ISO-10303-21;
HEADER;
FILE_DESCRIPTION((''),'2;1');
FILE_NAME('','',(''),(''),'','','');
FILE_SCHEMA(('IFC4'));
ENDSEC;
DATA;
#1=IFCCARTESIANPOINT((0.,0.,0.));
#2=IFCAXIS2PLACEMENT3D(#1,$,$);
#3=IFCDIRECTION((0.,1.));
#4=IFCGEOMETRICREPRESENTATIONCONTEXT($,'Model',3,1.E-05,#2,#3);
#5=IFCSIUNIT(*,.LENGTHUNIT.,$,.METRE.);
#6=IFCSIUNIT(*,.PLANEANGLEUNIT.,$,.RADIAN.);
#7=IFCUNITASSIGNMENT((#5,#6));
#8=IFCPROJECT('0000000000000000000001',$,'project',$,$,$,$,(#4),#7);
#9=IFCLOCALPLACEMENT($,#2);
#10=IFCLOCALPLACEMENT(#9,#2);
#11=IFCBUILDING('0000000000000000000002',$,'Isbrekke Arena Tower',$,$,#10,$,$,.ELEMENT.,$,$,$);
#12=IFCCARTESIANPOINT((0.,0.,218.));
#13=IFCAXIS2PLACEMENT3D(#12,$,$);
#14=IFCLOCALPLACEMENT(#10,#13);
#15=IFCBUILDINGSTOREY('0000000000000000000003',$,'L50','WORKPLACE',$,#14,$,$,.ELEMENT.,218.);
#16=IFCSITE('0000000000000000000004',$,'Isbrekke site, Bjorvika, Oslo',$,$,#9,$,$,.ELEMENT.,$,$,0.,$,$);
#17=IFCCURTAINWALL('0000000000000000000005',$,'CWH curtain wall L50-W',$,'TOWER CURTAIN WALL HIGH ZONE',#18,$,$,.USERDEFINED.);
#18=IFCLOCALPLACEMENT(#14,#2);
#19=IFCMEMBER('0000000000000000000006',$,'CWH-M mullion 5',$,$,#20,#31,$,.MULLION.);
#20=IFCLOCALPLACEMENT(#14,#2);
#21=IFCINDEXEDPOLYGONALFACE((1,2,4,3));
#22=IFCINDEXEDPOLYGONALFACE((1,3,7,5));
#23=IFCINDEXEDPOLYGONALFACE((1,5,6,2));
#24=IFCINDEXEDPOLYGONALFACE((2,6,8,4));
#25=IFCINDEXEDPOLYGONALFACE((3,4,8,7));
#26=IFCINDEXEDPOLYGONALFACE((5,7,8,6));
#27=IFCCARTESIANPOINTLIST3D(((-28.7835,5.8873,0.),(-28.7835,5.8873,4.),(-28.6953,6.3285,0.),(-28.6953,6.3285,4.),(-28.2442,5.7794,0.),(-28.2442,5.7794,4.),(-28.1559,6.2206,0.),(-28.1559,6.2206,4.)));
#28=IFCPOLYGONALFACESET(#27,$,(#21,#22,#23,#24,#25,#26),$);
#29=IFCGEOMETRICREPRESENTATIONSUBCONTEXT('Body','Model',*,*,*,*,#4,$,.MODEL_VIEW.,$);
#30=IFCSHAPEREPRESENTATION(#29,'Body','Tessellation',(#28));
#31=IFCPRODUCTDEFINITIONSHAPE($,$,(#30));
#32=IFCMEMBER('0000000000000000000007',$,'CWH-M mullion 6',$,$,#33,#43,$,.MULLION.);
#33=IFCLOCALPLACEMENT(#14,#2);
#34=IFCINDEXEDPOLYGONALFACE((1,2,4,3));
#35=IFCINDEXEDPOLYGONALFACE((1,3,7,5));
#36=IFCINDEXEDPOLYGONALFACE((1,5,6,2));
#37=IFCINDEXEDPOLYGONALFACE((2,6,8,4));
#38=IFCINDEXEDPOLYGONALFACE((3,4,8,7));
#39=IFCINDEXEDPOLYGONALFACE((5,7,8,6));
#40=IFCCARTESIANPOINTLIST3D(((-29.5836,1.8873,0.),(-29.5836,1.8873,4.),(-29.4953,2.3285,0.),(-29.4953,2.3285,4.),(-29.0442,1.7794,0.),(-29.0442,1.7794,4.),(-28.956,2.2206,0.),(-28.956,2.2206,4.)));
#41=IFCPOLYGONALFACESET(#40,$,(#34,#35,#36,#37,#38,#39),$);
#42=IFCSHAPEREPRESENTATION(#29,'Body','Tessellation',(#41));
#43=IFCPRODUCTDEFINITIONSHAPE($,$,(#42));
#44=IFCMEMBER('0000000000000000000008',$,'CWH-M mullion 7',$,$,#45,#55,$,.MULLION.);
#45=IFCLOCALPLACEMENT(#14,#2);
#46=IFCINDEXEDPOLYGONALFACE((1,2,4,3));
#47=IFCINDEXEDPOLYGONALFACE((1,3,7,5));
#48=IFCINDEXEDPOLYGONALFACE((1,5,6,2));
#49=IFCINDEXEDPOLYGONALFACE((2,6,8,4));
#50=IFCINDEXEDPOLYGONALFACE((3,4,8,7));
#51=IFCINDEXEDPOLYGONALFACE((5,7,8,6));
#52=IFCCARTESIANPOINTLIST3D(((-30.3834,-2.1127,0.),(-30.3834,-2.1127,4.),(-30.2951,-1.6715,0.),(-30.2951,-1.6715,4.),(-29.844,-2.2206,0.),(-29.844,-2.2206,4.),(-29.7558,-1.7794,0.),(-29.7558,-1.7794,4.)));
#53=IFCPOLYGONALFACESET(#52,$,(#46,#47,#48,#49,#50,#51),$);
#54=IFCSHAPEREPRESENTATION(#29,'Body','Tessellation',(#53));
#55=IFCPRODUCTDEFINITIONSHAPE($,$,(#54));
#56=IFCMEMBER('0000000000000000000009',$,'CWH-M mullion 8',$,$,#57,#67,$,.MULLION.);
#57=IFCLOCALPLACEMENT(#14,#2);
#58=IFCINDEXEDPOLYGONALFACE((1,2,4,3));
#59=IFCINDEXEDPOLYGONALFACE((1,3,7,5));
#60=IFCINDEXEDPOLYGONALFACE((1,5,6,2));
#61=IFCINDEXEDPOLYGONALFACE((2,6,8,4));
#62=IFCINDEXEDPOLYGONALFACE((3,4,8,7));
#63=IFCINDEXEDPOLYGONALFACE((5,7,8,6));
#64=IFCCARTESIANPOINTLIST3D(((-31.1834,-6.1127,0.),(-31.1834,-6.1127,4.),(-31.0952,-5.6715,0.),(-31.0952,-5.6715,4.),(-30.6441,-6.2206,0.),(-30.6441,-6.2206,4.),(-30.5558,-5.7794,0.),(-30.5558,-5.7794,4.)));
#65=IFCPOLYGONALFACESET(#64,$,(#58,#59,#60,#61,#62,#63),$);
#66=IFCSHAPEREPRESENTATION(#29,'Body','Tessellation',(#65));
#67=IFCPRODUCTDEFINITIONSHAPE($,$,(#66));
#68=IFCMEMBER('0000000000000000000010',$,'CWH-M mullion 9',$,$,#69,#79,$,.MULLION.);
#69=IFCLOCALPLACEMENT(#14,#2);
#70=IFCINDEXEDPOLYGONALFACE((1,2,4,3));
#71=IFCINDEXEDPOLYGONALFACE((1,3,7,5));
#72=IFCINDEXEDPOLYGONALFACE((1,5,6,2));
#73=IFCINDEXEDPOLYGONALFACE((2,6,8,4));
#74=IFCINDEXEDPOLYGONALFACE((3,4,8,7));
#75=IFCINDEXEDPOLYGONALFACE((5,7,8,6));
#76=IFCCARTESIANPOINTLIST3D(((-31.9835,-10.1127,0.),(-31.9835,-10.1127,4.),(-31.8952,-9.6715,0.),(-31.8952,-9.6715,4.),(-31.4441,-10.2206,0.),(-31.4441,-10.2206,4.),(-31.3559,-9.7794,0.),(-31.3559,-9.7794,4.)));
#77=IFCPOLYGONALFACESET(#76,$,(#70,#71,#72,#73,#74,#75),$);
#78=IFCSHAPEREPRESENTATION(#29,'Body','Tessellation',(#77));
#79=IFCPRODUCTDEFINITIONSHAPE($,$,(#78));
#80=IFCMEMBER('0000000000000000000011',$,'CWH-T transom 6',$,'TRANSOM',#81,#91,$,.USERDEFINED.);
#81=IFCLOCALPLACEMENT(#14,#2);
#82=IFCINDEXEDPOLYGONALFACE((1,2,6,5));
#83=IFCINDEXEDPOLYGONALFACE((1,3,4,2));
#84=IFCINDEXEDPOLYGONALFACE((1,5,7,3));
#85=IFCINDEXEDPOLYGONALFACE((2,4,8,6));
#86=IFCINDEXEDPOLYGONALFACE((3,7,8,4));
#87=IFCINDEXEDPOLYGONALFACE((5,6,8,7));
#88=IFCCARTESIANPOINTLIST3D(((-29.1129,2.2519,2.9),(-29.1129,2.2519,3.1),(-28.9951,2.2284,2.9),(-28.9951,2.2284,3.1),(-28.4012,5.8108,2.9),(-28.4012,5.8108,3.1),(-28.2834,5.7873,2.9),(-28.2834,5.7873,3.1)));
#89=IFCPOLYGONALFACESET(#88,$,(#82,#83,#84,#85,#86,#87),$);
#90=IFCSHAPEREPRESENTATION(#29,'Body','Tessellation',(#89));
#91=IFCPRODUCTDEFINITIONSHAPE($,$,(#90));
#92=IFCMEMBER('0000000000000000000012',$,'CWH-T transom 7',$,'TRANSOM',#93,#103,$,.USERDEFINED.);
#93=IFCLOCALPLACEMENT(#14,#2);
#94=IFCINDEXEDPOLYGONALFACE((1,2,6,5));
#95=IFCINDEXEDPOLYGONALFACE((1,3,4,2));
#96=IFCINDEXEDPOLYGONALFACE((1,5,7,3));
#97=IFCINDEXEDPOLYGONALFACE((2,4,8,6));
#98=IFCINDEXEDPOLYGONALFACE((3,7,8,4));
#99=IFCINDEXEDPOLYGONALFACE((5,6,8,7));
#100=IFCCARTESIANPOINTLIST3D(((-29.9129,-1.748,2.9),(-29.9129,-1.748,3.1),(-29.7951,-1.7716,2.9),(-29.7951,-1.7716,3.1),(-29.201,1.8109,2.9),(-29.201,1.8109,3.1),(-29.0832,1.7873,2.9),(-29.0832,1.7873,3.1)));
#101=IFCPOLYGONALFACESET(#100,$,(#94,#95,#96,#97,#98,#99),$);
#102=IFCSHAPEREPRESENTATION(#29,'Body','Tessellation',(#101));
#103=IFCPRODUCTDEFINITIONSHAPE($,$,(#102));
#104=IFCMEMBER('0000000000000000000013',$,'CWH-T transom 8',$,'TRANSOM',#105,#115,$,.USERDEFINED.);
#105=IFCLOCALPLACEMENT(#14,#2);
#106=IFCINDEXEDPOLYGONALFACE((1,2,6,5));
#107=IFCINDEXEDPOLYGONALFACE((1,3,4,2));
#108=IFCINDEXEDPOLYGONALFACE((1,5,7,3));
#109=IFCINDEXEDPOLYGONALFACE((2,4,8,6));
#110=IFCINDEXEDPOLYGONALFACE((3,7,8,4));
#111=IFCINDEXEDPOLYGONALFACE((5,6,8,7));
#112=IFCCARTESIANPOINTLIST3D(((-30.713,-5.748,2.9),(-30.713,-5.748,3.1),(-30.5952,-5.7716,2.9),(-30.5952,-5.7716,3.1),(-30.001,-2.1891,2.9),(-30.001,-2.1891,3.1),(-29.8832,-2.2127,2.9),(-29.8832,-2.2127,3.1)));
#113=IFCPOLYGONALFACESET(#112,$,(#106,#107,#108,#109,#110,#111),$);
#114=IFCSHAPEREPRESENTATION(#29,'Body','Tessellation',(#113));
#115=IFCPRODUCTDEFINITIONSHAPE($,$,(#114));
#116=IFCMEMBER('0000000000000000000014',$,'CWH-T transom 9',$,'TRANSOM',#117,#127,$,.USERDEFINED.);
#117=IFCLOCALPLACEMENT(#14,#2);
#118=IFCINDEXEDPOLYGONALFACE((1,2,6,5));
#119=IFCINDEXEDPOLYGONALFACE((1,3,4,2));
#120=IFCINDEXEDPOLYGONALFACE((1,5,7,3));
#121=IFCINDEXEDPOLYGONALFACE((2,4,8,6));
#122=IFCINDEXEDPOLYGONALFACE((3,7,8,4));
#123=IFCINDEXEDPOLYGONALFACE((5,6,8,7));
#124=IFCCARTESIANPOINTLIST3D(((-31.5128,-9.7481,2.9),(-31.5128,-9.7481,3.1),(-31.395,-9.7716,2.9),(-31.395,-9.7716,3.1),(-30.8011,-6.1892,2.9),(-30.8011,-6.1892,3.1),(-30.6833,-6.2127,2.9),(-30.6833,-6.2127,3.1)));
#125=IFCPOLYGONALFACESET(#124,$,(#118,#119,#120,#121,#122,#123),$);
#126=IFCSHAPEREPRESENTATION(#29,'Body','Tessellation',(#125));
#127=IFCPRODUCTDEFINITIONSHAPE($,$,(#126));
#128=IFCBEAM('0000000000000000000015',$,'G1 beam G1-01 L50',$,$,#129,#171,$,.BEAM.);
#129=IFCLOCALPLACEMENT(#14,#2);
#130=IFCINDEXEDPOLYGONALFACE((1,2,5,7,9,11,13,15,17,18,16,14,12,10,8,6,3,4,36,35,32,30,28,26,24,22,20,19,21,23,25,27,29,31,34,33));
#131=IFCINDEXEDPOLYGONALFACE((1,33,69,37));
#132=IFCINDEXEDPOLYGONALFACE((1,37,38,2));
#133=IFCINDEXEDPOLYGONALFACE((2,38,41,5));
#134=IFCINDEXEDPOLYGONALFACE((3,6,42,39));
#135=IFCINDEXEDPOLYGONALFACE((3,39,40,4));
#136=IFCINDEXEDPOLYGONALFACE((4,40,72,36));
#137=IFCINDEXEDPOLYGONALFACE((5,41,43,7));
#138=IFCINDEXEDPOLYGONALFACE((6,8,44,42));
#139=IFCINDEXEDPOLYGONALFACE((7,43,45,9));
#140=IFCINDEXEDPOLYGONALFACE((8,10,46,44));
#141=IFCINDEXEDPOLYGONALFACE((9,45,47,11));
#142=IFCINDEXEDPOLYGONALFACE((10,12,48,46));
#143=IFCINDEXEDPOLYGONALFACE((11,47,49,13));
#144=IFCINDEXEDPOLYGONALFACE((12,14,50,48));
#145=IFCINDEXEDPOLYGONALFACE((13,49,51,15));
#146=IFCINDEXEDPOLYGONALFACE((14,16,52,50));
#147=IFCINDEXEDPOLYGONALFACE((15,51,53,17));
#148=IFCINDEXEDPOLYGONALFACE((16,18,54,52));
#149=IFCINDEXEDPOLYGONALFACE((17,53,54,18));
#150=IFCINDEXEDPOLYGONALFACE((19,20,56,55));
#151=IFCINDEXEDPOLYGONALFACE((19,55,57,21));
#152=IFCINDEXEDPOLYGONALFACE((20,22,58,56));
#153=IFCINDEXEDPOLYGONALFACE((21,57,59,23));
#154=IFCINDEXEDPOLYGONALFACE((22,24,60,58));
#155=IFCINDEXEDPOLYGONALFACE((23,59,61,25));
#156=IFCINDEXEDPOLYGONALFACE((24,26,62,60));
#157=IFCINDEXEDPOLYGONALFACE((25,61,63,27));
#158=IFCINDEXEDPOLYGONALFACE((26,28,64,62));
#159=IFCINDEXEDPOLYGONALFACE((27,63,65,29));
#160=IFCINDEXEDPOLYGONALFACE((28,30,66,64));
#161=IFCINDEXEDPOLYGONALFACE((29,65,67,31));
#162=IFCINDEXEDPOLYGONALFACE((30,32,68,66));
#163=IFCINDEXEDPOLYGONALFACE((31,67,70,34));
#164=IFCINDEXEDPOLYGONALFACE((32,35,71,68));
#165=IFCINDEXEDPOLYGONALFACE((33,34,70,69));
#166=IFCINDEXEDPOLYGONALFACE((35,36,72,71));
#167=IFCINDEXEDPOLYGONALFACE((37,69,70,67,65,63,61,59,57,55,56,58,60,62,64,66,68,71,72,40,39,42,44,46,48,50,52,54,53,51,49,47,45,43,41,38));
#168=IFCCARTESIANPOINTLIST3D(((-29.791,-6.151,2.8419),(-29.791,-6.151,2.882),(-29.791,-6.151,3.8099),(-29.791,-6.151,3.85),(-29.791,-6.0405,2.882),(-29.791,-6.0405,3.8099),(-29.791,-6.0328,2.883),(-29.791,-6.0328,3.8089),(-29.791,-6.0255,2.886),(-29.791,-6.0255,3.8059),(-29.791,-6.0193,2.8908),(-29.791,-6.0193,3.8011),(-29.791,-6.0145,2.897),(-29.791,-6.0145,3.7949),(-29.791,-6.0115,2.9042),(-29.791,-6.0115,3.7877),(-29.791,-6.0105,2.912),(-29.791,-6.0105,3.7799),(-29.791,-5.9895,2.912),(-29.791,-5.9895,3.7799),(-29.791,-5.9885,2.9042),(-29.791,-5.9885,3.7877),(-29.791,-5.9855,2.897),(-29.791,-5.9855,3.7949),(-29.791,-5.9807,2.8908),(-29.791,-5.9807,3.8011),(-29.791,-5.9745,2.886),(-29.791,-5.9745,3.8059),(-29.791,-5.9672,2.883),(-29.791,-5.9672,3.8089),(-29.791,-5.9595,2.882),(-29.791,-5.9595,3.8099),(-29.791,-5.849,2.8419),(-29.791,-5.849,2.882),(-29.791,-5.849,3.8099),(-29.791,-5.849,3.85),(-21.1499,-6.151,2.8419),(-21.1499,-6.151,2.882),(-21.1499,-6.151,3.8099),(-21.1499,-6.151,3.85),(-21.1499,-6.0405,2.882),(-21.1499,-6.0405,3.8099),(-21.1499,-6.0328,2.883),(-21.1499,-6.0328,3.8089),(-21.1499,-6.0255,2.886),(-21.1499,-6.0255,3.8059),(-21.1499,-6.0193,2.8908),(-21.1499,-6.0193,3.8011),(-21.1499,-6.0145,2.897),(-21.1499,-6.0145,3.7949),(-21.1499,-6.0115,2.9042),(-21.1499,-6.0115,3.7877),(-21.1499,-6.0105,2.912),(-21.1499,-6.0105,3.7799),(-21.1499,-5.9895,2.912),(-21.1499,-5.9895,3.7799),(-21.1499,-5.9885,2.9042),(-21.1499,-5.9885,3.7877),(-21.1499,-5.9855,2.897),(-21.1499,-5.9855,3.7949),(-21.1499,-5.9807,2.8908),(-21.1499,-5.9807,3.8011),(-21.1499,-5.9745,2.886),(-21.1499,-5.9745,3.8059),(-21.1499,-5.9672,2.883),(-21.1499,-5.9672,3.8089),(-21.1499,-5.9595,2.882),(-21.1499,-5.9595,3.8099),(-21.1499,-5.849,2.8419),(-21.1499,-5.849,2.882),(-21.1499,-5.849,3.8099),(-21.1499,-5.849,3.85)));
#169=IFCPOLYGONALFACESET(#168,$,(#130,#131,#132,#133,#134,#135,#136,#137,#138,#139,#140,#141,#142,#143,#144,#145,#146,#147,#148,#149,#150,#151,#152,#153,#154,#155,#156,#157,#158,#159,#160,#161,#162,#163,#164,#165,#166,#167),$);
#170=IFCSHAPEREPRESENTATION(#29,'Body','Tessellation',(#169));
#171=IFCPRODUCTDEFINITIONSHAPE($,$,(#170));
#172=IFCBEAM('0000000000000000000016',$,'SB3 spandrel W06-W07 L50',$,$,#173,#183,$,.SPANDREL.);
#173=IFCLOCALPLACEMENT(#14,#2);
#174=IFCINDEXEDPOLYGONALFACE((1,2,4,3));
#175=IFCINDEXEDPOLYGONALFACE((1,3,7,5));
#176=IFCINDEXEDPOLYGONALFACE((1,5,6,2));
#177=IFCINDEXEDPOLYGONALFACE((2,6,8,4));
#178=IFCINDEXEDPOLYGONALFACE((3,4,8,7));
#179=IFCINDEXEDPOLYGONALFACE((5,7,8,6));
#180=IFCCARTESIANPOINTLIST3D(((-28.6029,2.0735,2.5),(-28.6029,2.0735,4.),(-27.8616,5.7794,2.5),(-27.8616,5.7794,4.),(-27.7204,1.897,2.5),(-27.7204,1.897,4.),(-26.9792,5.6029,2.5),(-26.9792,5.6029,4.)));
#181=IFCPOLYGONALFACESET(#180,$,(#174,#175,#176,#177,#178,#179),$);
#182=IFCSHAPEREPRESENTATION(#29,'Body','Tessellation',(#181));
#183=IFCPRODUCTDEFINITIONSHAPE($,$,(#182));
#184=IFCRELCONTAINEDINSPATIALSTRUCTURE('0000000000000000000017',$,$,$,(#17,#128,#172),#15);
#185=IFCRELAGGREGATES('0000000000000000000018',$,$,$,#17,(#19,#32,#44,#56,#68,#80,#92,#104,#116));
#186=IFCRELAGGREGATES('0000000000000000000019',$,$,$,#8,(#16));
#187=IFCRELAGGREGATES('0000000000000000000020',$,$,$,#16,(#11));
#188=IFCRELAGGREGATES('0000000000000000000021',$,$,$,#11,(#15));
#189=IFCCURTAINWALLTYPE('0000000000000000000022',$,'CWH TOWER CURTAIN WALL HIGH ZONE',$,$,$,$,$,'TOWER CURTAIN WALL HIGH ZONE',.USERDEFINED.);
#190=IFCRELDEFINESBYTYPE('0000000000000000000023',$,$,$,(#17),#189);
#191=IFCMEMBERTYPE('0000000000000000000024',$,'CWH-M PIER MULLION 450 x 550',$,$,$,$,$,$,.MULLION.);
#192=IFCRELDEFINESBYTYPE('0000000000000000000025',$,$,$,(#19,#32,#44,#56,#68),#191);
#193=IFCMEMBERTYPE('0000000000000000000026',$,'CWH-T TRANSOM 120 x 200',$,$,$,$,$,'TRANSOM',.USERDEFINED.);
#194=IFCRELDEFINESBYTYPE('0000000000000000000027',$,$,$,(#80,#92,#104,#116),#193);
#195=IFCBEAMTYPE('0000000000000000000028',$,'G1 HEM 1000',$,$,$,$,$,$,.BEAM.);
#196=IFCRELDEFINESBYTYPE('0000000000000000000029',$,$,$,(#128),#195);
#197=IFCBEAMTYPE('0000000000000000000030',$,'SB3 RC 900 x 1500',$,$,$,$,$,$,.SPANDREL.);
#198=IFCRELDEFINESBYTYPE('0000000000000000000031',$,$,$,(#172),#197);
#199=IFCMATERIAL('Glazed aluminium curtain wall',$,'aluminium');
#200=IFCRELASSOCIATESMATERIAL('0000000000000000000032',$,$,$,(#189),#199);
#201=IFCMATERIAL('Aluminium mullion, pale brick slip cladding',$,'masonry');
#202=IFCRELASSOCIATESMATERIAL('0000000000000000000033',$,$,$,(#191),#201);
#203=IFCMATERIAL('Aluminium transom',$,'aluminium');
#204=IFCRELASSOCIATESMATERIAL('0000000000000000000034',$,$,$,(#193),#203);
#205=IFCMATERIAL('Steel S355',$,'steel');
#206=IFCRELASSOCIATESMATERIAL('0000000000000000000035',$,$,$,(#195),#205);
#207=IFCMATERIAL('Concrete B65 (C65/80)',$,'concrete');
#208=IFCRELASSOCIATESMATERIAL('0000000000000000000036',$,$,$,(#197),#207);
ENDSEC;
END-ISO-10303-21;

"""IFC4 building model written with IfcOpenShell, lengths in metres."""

from ifc_helpers import new_model, si_unit, direction, frame, origin, origin_2d, place, context, subcontext, project, spatial, rectangle, i_section, extrude, material, material_profile, profile_set, type_object, element, aggregate, save


model = new_model("IFC4")

# Units and contexts
model_context = context("Model", 3, precision=1e-05, world=origin(), true_north=direction((0.0, 1.0)))
body_context = subcontext(model_context, "Body", "Model", "MODEL_VIEW")
ifc_project = project(units=[si_unit("LENGTHUNIT", "METRE"), si_unit("PLANEANGLEUNIT", "RADIAN")], contexts=[model_context])

# Site, building, storey
site_placement = place(None, origin())
site = spatial("IfcSite", under=ifc_project, at=site_placement, Name="Isbrekke site, Bjorvika, Oslo", CompositionType="ELEMENT", RefElevation=0.0)
building_placement = place(site_placement, origin())
building = spatial("IfcBuilding", under=site, at=building_placement, Name="Isbrekke Arena Tower", CompositionType="ELEMENT")
storey_placement = place(building_placement, frame((0.0, 0.0, 218.0)))
storey = spatial("IfcBuildingStorey", under=building, at=storey_placement, Name="L50", Description="WORKPLACE", CompositionType="ELEMENT", Elevation=218.0)

# Curtain wall, members
ifc_material_1 = material(Name="Glazed aluminium curtain wall", Category="aluminium")
curtain_wall_type = type_object("IfcCurtainWallType", Name="CWH TOWER CURTAIN WALL HIGH ZONE", ElementType="TOWER CURTAIN WALL HIGH ZONE", PredefinedType="USERDEFINED", material=ifc_material_1)
curtain_wall_placement = place(storey_placement, origin())
curtain_wall = element("IfcCurtainWall", 1, at=curtain_wall_placement, inside=storey, type_object=curtain_wall_type, Name="CWH curtain wall L50-W", ObjectType="TOWER CURTAIN WALL HIGH ZONE", PredefinedType="USERDEFINED")
ifc_material_2 = material(Name="Aluminium mullion, pale brick slip cladding", Category="masonry")
ifc_material_profile_1 = material_profile(ifc_material_2, rectangle(XDim=0.45, YDim=0.55, at=origin_2d()), Name="PIER 450X550")
ifc_profile_set_1 = profile_set([ifc_material_profile_1], Name="Aluminium mullion, pale brick slip cladding")
member_type_1 = type_object("IfcMemberType", Name="CWH-M PIER MULLION 450 x 550", PredefinedType="MULLION", material=ifc_profile_set_1)
member_1_placement = place(storey_placement, frame((-28.4697, 6.054, 0.0), z_axis=(0.0, 0.0, 1.0), x_axis=(-0.196116, -0.980581, 0.0)))
member_1 = element("IfcMember", 2, at=member_1_placement, type_object=member_type_1, Name="CWH-M mullion 5", PredefinedType="MULLION", context=body_context, shape_type="SweptSolid", body=[
    extrude(rectangle(XDim=0.45, YDim=0.55, at=origin_2d()), origin(), (0.0, 0.0, 1.0), 4.0),
])
member_2_placement = place(storey_placement, frame((-29.2698, 2.054, 0.0), z_axis=(0.0, 0.0, 1.0), x_axis=(-0.196116, -0.980581, 0.0)))
member_2 = element("IfcMember", 3, at=member_2_placement, type_object=member_type_1, Name="CWH-M mullion 6", PredefinedType="MULLION", context=body_context, shape_type="SweptSolid", body=[
    extrude(rectangle(XDim=0.45, YDim=0.55, at=origin_2d()), origin(), (0.0, 0.0, 1.0), 4.0),
])
member_3_placement = place(storey_placement, frame((-30.0696, -1.946, 0.0), z_axis=(0.0, 0.0, 1.0), x_axis=(-0.196116, -0.980581, 0.0)))
member_3 = element("IfcMember", 4, at=member_3_placement, type_object=member_type_1, Name="CWH-M mullion 7", PredefinedType="MULLION", context=body_context, shape_type="SweptSolid", body=[
    extrude(rectangle(XDim=0.45, YDim=0.55, at=origin_2d()), origin(), (0.0, 0.0, 1.0), 4.0),
])
member_4_placement = place(storey_placement, frame((-30.8696, -5.946, 0.0), z_axis=(0.0, 0.0, 1.0), x_axis=(-0.196116, -0.980581, 0.0)))
member_4 = element("IfcMember", 5, at=member_4_placement, type_object=member_type_1, Name="CWH-M mullion 8", PredefinedType="MULLION", context=body_context, shape_type="SweptSolid", body=[
    extrude(rectangle(XDim=0.45, YDim=0.55, at=origin_2d()), origin(), (0.0, 0.0, 1.0), 4.0),
])
member_5_placement = place(storey_placement, frame((-31.6697, -9.946, 0.0), z_axis=(0.0, 0.0, 1.0), x_axis=(-0.196116, -0.980581, 0.0)))
member_5 = element("IfcMember", 6, at=member_5_placement, type_object=member_type_1, Name="CWH-M mullion 9", PredefinedType="MULLION", context=body_context, shape_type="SweptSolid", body=[
    extrude(rectangle(XDim=0.45, YDim=0.55, at=origin_2d()), origin(), (0.0, 0.0, 1.0), 4.0),
])
ifc_material_3 = material(Name="Aluminium transom", Category="aluminium")
ifc_material_profile_2 = material_profile(ifc_material_3, rectangle(XDim=0.1201, YDim=0.2, at=origin_2d()), Name="TRANSOM 120X200")
ifc_profile_set_2 = profile_set([ifc_material_profile_2], Name="Aluminium transom")
member_type_2 = type_object("IfcMemberType", Name="CWH-T TRANSOM 120 x 200", ElementType="TRANSOM", PredefinedType="USERDEFINED", material=ifc_profile_set_2)
member_6_placement = place(storey_placement, frame((-28.3423, 5.7991, 3.0), z_axis=(-0.19609, -0.980586, 0.0), x_axis=(0.980586, -0.19609, 0.0)))
member_6 = element("IfcMember", 7, at=member_6_placement, type_object=member_type_2, Name="CWH-T transom 6", ObjectType="TRANSOM", PredefinedType="USERDEFINED", context=body_context, shape_type="SweptSolid", body=[
    extrude(rectangle(XDim=0.1201, YDim=0.2, at=origin_2d()), origin(), (0.0, 0.0, 1.0), 3.6294),
])
member_7_placement = place(storey_placement, frame((-29.1421, 1.7991, 3.0), z_axis=(-0.196155, -0.980573, 0.0), x_axis=(0.980573, -0.196155, 0.0)))
member_7 = element("IfcMember", 8, at=member_7_placement, type_object=member_type_2, Name="CWH-T transom 7", ObjectType="TRANSOM", PredefinedType="USERDEFINED", context=body_context, shape_type="SweptSolid", body=[
    extrude(rectangle(XDim=0.1201, YDim=0.2, at=origin_2d()), origin(), (0.0, 0.0, 1.0), 3.6294),
])
member_8_placement = place(storey_placement, frame((-29.9421, -2.2009, 3.0), z_axis=(-0.196155, -0.980573, 0.0), x_axis=(0.980573, -0.196155, 0.0)))
member_8 = element("IfcMember", 9, at=member_8_placement, type_object=member_type_2, Name="CWH-T transom 8", ObjectType="TRANSOM", PredefinedType="USERDEFINED", context=body_context, shape_type="SweptSolid", body=[
    extrude(rectangle(XDim=0.1201, YDim=0.2, at=origin_2d()), origin(), (0.0, 0.0, 1.0), 3.6294),
])
member_9_placement = place(storey_placement, frame((-30.7422, -6.2009, 3.0), z_axis=(-0.19609, -0.980586, 0.0), x_axis=(0.980586, -0.19609, 0.0)))
member_9 = element("IfcMember", 10, at=member_9_placement, type_object=member_type_2, Name="CWH-T transom 9", ObjectType="TRANSOM", PredefinedType="USERDEFINED", context=body_context, shape_type="SweptSolid", body=[
    extrude(rectangle(XDim=0.1201, YDim=0.2, at=origin_2d()), origin(), (0.0, 0.0, 1.0), 3.6294),
])

# Beams
ifc_material_4 = material(Name="Steel S355", Category="steel")
ifc_material_profile_3 = material_profile(ifc_material_4, i_section(OverallWidth=0.302, OverallDepth=1.0081, WebThickness=0.021, FlangeThickness=0.04, FilletRadius=0.03, at=origin_2d()), Name="HEM 1000")
ifc_profile_set_3 = profile_set([ifc_material_profile_3], Name="Steel S355")
beam_type_1 = type_object("IfcBeamType", Name="G1 HEM 1000", PredefinedType="BEAM", material=ifc_profile_set_3)
beam_1_placement = place(storey_placement, frame((-29.791, -6.0, 3.3459), z_axis=(1.0, 0.0, 0.0), x_axis=(0.0, 1.0, 0.0)))
element("IfcBeam", 11, at=beam_1_placement, inside=storey, type_object=beam_type_1, Name="G1 beam G1-01 L50", PredefinedType="BEAM", context=body_context, shape_type="SweptSolid", body=[
    extrude(i_section(OverallWidth=0.302, OverallDepth=1.0081, WebThickness=0.021, FlangeThickness=0.04, FilletRadius=0.03, at=origin_2d()), origin(), (0.0, 0.0, 1.0), 8.6411),
])
ifc_material_5 = material(Name="Concrete B65 (C65/80)", Category="concrete")
ifc_material_profile_4 = material_profile(ifc_material_5, rectangle(XDim=0.8999, YDim=1.5, at=origin_2d()), Name="RC 900x1500")
ifc_profile_set_4 = profile_set([ifc_material_profile_4], Name="Concrete B65 (C65/80)")
beam_type_2 = type_object("IfcBeamType", Name="SB3 RC 900 x 1500", PredefinedType="SPANDREL", material=ifc_profile_set_4)
for number, where, z_axis, x_axis, name in (
    (12, (-27.4204, 5.6912, 3.25), (-0.196129, -0.980578, 0.0), (0.980578, -0.196129, 0.0), "SB3 spandrel W06-W07 L50"),
):
    element("IfcBeam", number, at=place(storey_placement, frame(where, z_axis=z_axis, x_axis=x_axis)), inside=storey, type_object=beam_type_2, Name=name, PredefinedType="SPANDREL", context=body_context, shape_type="SweptSolid", body=[
        extrude(rectangle(XDim=0.8999, YDim=1.5, at=origin_2d()), origin(), (0.0, 0.0, 1.0), 3.7793),
    ])

aggregate(curtain_wall, [member_1, member_2, member_3, member_4, member_5, member_6, member_7, member_8, member_9])

save(model, "model.ifc")
